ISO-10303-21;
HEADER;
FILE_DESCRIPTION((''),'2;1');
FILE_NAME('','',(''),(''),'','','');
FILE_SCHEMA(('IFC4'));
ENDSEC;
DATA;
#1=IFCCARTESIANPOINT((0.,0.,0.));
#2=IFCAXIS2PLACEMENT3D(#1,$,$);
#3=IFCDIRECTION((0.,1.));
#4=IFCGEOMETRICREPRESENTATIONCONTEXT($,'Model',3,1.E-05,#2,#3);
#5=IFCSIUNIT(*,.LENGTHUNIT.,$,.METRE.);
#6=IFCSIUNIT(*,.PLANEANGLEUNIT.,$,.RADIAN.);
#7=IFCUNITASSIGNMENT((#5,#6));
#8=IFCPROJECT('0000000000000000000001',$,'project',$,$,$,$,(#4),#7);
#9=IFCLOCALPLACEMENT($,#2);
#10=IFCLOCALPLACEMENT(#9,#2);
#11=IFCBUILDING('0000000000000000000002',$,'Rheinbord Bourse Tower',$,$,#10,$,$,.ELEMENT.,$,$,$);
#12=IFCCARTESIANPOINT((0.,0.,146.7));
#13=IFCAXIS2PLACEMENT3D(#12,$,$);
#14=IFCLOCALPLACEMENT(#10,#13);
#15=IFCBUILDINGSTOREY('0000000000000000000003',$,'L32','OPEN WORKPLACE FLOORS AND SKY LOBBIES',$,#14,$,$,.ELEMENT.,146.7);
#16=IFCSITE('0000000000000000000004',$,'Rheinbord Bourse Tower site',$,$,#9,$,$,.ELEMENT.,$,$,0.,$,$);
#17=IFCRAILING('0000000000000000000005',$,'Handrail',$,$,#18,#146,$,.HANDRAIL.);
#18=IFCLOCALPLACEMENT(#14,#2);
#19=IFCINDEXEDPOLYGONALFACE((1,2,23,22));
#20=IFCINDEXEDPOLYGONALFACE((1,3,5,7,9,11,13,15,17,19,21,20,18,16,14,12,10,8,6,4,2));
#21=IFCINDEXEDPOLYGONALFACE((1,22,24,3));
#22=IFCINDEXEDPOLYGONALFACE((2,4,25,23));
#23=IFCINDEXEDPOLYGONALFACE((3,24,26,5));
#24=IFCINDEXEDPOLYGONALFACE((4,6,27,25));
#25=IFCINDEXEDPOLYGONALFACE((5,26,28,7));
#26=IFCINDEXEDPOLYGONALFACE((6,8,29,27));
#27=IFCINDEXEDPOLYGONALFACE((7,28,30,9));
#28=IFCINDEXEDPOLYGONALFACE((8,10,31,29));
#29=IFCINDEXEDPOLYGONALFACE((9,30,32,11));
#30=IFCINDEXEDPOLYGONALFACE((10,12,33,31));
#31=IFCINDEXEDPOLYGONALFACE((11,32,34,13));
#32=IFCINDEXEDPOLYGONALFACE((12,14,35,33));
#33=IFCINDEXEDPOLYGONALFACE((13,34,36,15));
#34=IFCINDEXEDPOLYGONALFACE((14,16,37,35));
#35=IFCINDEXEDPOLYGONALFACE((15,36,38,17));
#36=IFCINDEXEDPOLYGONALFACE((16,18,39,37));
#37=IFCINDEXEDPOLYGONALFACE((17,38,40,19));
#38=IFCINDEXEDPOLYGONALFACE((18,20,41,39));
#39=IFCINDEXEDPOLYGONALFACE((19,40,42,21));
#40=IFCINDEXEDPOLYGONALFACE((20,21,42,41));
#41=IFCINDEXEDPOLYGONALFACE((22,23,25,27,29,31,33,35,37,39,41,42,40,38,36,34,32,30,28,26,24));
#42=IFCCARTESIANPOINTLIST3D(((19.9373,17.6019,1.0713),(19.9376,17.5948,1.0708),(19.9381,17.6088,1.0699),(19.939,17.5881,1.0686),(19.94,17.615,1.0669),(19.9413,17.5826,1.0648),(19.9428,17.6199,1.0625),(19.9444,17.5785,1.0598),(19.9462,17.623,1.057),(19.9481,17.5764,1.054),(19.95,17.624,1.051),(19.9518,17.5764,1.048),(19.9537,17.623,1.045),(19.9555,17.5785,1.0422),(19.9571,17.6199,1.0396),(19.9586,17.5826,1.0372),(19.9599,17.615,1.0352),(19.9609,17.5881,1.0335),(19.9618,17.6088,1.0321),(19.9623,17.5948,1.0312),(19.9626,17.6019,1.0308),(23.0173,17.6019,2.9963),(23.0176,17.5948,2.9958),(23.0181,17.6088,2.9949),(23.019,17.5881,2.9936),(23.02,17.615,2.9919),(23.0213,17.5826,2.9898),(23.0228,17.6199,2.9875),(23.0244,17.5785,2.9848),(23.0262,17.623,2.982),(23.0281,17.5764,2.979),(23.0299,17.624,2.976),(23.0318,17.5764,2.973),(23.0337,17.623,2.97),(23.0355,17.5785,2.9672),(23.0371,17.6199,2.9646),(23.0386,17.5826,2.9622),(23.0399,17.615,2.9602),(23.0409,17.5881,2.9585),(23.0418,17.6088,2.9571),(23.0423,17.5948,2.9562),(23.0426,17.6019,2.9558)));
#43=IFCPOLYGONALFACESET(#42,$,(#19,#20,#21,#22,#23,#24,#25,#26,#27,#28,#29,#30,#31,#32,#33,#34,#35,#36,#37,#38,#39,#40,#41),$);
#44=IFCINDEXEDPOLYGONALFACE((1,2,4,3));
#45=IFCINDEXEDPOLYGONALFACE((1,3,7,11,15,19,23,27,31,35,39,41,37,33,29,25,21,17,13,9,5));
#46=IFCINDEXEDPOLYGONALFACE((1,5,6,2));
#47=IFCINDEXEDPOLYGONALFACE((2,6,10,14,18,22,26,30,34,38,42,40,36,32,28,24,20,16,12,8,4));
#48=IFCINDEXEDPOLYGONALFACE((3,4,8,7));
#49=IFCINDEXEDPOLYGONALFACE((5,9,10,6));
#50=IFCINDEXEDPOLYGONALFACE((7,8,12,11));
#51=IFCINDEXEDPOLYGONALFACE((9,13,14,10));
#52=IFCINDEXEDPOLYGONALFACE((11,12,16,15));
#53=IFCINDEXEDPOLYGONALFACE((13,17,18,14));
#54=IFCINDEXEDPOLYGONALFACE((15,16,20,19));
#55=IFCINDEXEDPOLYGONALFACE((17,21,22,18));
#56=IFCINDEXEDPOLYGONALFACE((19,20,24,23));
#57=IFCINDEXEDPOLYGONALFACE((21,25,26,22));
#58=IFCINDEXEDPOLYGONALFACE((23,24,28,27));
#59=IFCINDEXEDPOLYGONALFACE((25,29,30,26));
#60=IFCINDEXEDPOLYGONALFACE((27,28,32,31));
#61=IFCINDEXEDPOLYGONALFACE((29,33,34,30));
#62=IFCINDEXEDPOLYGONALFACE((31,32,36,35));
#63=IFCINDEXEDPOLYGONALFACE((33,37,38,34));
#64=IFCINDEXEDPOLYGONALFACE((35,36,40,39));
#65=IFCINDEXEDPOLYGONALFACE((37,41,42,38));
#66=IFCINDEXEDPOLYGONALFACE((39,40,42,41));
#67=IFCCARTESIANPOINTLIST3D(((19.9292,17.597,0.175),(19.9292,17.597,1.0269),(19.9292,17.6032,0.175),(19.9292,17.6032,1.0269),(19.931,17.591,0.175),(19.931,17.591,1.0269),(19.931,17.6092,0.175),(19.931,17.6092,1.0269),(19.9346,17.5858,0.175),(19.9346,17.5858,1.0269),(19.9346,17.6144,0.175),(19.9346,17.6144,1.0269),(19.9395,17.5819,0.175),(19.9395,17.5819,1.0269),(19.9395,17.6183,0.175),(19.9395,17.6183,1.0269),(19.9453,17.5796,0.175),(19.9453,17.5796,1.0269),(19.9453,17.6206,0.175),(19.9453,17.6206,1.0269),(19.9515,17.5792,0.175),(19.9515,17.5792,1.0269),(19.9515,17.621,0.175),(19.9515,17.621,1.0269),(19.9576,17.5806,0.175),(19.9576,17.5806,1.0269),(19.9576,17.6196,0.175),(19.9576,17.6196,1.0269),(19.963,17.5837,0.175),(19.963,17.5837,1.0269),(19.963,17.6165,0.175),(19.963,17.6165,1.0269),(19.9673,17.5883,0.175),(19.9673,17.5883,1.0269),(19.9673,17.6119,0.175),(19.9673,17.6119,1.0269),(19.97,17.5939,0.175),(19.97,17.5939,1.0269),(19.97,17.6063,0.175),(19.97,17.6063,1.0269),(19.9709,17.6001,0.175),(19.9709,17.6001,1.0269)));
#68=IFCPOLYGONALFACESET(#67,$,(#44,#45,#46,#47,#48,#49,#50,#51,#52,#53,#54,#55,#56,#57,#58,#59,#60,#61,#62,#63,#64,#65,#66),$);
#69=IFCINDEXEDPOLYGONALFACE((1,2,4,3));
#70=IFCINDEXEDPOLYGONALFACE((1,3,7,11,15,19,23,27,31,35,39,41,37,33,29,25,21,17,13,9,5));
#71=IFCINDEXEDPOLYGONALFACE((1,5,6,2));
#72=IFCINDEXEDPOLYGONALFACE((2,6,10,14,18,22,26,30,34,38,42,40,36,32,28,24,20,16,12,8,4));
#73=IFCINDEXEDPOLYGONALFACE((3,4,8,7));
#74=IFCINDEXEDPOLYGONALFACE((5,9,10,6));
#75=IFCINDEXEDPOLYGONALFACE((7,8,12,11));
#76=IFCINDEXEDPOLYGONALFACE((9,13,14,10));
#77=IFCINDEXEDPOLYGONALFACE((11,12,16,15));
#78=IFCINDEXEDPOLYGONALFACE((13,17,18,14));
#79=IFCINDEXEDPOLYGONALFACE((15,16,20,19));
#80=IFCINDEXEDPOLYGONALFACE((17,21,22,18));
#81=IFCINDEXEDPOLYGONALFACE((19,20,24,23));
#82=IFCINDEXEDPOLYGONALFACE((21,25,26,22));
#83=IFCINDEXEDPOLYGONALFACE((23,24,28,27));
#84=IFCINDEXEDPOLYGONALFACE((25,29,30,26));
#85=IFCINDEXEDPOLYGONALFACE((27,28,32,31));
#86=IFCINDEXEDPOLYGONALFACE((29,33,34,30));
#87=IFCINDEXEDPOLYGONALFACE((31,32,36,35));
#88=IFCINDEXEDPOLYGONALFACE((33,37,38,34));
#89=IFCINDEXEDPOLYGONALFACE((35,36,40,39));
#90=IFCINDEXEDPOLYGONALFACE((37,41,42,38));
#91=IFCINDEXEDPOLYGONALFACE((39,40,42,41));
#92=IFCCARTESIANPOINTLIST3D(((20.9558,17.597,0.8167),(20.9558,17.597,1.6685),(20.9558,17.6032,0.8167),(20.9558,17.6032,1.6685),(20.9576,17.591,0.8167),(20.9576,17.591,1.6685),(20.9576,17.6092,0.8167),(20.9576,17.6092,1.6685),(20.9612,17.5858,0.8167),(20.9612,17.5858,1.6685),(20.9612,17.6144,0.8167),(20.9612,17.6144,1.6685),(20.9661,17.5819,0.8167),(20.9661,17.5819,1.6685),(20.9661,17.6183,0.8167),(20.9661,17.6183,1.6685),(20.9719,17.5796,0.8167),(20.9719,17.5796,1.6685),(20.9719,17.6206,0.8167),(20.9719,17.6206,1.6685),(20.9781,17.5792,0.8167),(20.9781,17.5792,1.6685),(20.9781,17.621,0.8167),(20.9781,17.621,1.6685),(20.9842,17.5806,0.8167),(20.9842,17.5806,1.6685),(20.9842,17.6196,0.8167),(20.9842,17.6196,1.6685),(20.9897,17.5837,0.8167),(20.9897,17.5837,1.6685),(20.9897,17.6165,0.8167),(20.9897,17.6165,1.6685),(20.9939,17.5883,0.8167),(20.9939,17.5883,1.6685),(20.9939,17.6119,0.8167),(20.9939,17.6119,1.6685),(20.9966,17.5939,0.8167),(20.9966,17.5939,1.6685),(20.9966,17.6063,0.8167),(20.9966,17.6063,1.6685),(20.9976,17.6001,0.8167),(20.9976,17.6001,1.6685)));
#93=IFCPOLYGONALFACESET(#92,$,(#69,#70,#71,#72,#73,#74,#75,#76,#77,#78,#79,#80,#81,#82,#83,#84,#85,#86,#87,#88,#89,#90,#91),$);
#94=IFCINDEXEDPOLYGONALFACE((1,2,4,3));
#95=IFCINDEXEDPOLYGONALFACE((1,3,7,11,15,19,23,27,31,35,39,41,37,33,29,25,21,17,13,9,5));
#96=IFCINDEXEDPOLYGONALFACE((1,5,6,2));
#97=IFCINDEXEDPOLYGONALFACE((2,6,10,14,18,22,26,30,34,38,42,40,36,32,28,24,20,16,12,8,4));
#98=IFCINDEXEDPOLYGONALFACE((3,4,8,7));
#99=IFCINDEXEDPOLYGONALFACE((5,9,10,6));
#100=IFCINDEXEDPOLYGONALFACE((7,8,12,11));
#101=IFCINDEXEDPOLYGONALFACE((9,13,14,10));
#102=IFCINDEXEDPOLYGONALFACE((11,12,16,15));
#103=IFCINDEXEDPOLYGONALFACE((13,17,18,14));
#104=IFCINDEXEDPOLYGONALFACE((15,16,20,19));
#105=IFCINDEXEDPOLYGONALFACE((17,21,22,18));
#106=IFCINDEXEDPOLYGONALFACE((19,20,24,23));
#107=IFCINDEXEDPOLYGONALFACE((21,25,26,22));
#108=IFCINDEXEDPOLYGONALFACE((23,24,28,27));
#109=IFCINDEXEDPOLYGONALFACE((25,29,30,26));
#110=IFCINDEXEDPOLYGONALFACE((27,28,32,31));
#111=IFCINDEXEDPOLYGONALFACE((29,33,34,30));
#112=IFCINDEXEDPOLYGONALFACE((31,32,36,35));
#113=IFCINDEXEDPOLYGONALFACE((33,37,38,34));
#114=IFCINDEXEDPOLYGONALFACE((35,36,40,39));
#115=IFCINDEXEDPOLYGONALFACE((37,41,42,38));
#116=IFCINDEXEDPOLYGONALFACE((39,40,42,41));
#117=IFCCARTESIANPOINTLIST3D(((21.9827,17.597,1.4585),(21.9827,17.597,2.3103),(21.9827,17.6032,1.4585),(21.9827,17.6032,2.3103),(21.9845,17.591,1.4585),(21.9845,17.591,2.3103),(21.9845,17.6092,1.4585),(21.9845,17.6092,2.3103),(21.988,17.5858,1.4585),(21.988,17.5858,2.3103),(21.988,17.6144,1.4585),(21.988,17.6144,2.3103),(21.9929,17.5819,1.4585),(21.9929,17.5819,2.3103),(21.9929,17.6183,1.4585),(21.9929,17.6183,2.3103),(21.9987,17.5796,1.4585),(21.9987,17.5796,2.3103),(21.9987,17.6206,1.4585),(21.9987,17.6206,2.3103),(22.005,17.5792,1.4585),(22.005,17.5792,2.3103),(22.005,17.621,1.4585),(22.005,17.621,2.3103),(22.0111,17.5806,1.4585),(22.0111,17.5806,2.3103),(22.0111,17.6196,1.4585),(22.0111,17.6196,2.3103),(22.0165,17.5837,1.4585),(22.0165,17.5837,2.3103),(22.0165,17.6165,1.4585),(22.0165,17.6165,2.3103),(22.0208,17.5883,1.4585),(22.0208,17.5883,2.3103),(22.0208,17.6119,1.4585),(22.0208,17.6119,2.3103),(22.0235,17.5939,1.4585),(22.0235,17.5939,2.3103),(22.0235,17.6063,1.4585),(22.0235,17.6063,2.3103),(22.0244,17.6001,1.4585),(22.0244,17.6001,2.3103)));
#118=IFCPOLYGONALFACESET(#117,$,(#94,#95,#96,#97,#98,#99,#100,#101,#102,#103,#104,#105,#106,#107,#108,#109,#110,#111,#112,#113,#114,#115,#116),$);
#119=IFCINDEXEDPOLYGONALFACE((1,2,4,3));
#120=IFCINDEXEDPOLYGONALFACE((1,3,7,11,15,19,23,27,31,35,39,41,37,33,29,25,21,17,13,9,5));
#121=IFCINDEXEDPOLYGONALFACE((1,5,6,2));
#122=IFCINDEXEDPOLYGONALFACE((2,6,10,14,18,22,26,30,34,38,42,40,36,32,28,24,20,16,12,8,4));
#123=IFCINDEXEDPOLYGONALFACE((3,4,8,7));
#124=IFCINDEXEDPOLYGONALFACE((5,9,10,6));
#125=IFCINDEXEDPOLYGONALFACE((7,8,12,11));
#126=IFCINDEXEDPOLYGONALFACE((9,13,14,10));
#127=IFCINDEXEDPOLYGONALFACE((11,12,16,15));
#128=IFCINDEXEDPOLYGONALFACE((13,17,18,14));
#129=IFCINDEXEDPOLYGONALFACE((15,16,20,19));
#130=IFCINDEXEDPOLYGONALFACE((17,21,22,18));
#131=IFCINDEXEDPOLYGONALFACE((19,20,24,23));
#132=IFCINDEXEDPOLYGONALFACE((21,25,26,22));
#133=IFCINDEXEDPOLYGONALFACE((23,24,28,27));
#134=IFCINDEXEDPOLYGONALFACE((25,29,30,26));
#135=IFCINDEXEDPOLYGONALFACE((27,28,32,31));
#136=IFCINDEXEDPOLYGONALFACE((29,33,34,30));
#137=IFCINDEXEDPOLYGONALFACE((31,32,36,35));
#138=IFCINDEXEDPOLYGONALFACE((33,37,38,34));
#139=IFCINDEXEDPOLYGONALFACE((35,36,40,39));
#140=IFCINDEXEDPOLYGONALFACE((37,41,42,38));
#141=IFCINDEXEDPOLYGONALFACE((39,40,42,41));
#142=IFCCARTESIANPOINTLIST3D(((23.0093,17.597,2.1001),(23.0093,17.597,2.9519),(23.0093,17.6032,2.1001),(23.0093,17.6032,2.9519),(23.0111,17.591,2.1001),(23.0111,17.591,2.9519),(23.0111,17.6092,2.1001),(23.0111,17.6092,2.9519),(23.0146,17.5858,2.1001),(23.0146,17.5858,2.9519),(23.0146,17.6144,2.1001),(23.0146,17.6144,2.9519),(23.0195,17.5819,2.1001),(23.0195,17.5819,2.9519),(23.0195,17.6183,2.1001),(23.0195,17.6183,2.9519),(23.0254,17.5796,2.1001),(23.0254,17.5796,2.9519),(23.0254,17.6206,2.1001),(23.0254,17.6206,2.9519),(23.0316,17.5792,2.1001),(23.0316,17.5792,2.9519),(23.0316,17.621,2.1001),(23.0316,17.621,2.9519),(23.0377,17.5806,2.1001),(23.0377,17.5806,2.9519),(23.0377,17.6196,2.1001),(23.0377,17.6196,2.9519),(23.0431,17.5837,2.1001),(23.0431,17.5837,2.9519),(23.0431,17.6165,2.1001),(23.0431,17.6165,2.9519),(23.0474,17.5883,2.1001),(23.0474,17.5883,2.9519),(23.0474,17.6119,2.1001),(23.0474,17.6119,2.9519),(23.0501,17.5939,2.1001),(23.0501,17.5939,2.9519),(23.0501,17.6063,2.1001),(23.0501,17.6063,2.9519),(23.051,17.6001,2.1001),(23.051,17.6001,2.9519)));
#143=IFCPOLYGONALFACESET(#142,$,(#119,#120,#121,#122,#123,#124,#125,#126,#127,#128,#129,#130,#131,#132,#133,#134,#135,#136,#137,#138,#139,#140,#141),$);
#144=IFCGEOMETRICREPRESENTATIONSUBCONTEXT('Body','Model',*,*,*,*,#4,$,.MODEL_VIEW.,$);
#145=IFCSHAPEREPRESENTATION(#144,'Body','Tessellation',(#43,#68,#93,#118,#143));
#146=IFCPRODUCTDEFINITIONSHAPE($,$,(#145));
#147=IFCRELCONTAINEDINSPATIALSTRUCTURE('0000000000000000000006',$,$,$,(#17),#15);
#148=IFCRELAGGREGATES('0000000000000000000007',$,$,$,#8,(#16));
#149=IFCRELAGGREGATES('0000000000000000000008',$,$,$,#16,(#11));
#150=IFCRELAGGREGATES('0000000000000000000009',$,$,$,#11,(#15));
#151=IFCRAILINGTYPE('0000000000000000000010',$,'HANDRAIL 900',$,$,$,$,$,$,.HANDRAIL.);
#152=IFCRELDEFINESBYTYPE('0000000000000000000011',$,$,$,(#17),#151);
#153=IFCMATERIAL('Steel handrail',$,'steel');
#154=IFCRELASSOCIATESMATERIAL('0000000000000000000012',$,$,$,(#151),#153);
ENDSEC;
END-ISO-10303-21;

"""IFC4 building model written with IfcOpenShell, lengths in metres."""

from ifc_helpers import new_model, si_unit, direction, frame, origin, origin_2d, place, context, subcontext, project, spatial, circle, extrude, material, type_object, element, save


model = new_model("IFC4")

# Units and contexts
model_context = context("Model", 3, precision=1e-05, world=origin(), true_north=direction((0.0, 1.0)))
body_context = subcontext(model_context, "Body", "Model", "MODEL_VIEW")
ifc_project = project(units=[si_unit("LENGTHUNIT", "METRE"), si_unit("PLANEANGLEUNIT", "RADIAN")], contexts=[model_context])

# Site, building, storey
site_placement = place(None, origin())
site = spatial("IfcSite", under=ifc_project, at=site_placement, Name="Rheinbord Bourse Tower site", CompositionType="ELEMENT", RefElevation=0.0)
building_placement = place(site_placement, origin())
building = spatial("IfcBuilding", under=site, at=building_placement, Name="Rheinbord Bourse Tower", CompositionType="ELEMENT")
storey_placement = place(building_placement, frame((0.0, 0.0, 146.7)))
storey = spatial("IfcBuildingStorey", under=building, at=storey_placement, Name="L32", Description="OPEN WORKPLACE FLOORS AND SKY LOBBIES", CompositionType="ELEMENT", Elevation=146.7)

# Railing
ifc_material_1 = material(Name="Steel handrail", Category="steel")
railing_type = type_object("IfcRailingType", Name="HANDRAIL 900", PredefinedType="HANDRAIL", material=ifc_material_1)
railing_1_placement = place(storey_placement, frame((19.95, 17.6001, 0.175)))
element("IfcRailing", 1, at=railing_1_placement, inside=storey, type_object=railing_type, Name="Handrail", PredefinedType="HANDRAIL", context=body_context, shape_type="SweptSolid", body=[
    extrude(circle(Radius=0.0239, at=origin_2d()), frame((0.0, 0.0, 0.876), z_axis=(0.847998, 0.0, 0.529999), x_axis=(0.0, 1.0, 0.0)), (0.0, 0.0, 1.0), 3.6321),
    extrude(circle(Radius=0.021, at=origin_2d()), origin(), (0.0, 0.0, 1.0), 0.8518),
    extrude(circle(Radius=0.021, at=origin_2d()), frame((1.0266, 0.0, 0.6416)), (0.0, 0.0, 1.0), 0.8518),
    extrude(circle(Radius=0.021, at=origin_2d()), frame((2.0535, 0.0, 1.2834)), (0.0, 0.0, 1.0), 0.8518),
    extrude(circle(Radius=0.021, at=origin_2d()), frame((3.0801, 0.0, 1.925)), (0.0, 0.0, 1.0), 0.8518),
])

save(model, "model.ifc")
